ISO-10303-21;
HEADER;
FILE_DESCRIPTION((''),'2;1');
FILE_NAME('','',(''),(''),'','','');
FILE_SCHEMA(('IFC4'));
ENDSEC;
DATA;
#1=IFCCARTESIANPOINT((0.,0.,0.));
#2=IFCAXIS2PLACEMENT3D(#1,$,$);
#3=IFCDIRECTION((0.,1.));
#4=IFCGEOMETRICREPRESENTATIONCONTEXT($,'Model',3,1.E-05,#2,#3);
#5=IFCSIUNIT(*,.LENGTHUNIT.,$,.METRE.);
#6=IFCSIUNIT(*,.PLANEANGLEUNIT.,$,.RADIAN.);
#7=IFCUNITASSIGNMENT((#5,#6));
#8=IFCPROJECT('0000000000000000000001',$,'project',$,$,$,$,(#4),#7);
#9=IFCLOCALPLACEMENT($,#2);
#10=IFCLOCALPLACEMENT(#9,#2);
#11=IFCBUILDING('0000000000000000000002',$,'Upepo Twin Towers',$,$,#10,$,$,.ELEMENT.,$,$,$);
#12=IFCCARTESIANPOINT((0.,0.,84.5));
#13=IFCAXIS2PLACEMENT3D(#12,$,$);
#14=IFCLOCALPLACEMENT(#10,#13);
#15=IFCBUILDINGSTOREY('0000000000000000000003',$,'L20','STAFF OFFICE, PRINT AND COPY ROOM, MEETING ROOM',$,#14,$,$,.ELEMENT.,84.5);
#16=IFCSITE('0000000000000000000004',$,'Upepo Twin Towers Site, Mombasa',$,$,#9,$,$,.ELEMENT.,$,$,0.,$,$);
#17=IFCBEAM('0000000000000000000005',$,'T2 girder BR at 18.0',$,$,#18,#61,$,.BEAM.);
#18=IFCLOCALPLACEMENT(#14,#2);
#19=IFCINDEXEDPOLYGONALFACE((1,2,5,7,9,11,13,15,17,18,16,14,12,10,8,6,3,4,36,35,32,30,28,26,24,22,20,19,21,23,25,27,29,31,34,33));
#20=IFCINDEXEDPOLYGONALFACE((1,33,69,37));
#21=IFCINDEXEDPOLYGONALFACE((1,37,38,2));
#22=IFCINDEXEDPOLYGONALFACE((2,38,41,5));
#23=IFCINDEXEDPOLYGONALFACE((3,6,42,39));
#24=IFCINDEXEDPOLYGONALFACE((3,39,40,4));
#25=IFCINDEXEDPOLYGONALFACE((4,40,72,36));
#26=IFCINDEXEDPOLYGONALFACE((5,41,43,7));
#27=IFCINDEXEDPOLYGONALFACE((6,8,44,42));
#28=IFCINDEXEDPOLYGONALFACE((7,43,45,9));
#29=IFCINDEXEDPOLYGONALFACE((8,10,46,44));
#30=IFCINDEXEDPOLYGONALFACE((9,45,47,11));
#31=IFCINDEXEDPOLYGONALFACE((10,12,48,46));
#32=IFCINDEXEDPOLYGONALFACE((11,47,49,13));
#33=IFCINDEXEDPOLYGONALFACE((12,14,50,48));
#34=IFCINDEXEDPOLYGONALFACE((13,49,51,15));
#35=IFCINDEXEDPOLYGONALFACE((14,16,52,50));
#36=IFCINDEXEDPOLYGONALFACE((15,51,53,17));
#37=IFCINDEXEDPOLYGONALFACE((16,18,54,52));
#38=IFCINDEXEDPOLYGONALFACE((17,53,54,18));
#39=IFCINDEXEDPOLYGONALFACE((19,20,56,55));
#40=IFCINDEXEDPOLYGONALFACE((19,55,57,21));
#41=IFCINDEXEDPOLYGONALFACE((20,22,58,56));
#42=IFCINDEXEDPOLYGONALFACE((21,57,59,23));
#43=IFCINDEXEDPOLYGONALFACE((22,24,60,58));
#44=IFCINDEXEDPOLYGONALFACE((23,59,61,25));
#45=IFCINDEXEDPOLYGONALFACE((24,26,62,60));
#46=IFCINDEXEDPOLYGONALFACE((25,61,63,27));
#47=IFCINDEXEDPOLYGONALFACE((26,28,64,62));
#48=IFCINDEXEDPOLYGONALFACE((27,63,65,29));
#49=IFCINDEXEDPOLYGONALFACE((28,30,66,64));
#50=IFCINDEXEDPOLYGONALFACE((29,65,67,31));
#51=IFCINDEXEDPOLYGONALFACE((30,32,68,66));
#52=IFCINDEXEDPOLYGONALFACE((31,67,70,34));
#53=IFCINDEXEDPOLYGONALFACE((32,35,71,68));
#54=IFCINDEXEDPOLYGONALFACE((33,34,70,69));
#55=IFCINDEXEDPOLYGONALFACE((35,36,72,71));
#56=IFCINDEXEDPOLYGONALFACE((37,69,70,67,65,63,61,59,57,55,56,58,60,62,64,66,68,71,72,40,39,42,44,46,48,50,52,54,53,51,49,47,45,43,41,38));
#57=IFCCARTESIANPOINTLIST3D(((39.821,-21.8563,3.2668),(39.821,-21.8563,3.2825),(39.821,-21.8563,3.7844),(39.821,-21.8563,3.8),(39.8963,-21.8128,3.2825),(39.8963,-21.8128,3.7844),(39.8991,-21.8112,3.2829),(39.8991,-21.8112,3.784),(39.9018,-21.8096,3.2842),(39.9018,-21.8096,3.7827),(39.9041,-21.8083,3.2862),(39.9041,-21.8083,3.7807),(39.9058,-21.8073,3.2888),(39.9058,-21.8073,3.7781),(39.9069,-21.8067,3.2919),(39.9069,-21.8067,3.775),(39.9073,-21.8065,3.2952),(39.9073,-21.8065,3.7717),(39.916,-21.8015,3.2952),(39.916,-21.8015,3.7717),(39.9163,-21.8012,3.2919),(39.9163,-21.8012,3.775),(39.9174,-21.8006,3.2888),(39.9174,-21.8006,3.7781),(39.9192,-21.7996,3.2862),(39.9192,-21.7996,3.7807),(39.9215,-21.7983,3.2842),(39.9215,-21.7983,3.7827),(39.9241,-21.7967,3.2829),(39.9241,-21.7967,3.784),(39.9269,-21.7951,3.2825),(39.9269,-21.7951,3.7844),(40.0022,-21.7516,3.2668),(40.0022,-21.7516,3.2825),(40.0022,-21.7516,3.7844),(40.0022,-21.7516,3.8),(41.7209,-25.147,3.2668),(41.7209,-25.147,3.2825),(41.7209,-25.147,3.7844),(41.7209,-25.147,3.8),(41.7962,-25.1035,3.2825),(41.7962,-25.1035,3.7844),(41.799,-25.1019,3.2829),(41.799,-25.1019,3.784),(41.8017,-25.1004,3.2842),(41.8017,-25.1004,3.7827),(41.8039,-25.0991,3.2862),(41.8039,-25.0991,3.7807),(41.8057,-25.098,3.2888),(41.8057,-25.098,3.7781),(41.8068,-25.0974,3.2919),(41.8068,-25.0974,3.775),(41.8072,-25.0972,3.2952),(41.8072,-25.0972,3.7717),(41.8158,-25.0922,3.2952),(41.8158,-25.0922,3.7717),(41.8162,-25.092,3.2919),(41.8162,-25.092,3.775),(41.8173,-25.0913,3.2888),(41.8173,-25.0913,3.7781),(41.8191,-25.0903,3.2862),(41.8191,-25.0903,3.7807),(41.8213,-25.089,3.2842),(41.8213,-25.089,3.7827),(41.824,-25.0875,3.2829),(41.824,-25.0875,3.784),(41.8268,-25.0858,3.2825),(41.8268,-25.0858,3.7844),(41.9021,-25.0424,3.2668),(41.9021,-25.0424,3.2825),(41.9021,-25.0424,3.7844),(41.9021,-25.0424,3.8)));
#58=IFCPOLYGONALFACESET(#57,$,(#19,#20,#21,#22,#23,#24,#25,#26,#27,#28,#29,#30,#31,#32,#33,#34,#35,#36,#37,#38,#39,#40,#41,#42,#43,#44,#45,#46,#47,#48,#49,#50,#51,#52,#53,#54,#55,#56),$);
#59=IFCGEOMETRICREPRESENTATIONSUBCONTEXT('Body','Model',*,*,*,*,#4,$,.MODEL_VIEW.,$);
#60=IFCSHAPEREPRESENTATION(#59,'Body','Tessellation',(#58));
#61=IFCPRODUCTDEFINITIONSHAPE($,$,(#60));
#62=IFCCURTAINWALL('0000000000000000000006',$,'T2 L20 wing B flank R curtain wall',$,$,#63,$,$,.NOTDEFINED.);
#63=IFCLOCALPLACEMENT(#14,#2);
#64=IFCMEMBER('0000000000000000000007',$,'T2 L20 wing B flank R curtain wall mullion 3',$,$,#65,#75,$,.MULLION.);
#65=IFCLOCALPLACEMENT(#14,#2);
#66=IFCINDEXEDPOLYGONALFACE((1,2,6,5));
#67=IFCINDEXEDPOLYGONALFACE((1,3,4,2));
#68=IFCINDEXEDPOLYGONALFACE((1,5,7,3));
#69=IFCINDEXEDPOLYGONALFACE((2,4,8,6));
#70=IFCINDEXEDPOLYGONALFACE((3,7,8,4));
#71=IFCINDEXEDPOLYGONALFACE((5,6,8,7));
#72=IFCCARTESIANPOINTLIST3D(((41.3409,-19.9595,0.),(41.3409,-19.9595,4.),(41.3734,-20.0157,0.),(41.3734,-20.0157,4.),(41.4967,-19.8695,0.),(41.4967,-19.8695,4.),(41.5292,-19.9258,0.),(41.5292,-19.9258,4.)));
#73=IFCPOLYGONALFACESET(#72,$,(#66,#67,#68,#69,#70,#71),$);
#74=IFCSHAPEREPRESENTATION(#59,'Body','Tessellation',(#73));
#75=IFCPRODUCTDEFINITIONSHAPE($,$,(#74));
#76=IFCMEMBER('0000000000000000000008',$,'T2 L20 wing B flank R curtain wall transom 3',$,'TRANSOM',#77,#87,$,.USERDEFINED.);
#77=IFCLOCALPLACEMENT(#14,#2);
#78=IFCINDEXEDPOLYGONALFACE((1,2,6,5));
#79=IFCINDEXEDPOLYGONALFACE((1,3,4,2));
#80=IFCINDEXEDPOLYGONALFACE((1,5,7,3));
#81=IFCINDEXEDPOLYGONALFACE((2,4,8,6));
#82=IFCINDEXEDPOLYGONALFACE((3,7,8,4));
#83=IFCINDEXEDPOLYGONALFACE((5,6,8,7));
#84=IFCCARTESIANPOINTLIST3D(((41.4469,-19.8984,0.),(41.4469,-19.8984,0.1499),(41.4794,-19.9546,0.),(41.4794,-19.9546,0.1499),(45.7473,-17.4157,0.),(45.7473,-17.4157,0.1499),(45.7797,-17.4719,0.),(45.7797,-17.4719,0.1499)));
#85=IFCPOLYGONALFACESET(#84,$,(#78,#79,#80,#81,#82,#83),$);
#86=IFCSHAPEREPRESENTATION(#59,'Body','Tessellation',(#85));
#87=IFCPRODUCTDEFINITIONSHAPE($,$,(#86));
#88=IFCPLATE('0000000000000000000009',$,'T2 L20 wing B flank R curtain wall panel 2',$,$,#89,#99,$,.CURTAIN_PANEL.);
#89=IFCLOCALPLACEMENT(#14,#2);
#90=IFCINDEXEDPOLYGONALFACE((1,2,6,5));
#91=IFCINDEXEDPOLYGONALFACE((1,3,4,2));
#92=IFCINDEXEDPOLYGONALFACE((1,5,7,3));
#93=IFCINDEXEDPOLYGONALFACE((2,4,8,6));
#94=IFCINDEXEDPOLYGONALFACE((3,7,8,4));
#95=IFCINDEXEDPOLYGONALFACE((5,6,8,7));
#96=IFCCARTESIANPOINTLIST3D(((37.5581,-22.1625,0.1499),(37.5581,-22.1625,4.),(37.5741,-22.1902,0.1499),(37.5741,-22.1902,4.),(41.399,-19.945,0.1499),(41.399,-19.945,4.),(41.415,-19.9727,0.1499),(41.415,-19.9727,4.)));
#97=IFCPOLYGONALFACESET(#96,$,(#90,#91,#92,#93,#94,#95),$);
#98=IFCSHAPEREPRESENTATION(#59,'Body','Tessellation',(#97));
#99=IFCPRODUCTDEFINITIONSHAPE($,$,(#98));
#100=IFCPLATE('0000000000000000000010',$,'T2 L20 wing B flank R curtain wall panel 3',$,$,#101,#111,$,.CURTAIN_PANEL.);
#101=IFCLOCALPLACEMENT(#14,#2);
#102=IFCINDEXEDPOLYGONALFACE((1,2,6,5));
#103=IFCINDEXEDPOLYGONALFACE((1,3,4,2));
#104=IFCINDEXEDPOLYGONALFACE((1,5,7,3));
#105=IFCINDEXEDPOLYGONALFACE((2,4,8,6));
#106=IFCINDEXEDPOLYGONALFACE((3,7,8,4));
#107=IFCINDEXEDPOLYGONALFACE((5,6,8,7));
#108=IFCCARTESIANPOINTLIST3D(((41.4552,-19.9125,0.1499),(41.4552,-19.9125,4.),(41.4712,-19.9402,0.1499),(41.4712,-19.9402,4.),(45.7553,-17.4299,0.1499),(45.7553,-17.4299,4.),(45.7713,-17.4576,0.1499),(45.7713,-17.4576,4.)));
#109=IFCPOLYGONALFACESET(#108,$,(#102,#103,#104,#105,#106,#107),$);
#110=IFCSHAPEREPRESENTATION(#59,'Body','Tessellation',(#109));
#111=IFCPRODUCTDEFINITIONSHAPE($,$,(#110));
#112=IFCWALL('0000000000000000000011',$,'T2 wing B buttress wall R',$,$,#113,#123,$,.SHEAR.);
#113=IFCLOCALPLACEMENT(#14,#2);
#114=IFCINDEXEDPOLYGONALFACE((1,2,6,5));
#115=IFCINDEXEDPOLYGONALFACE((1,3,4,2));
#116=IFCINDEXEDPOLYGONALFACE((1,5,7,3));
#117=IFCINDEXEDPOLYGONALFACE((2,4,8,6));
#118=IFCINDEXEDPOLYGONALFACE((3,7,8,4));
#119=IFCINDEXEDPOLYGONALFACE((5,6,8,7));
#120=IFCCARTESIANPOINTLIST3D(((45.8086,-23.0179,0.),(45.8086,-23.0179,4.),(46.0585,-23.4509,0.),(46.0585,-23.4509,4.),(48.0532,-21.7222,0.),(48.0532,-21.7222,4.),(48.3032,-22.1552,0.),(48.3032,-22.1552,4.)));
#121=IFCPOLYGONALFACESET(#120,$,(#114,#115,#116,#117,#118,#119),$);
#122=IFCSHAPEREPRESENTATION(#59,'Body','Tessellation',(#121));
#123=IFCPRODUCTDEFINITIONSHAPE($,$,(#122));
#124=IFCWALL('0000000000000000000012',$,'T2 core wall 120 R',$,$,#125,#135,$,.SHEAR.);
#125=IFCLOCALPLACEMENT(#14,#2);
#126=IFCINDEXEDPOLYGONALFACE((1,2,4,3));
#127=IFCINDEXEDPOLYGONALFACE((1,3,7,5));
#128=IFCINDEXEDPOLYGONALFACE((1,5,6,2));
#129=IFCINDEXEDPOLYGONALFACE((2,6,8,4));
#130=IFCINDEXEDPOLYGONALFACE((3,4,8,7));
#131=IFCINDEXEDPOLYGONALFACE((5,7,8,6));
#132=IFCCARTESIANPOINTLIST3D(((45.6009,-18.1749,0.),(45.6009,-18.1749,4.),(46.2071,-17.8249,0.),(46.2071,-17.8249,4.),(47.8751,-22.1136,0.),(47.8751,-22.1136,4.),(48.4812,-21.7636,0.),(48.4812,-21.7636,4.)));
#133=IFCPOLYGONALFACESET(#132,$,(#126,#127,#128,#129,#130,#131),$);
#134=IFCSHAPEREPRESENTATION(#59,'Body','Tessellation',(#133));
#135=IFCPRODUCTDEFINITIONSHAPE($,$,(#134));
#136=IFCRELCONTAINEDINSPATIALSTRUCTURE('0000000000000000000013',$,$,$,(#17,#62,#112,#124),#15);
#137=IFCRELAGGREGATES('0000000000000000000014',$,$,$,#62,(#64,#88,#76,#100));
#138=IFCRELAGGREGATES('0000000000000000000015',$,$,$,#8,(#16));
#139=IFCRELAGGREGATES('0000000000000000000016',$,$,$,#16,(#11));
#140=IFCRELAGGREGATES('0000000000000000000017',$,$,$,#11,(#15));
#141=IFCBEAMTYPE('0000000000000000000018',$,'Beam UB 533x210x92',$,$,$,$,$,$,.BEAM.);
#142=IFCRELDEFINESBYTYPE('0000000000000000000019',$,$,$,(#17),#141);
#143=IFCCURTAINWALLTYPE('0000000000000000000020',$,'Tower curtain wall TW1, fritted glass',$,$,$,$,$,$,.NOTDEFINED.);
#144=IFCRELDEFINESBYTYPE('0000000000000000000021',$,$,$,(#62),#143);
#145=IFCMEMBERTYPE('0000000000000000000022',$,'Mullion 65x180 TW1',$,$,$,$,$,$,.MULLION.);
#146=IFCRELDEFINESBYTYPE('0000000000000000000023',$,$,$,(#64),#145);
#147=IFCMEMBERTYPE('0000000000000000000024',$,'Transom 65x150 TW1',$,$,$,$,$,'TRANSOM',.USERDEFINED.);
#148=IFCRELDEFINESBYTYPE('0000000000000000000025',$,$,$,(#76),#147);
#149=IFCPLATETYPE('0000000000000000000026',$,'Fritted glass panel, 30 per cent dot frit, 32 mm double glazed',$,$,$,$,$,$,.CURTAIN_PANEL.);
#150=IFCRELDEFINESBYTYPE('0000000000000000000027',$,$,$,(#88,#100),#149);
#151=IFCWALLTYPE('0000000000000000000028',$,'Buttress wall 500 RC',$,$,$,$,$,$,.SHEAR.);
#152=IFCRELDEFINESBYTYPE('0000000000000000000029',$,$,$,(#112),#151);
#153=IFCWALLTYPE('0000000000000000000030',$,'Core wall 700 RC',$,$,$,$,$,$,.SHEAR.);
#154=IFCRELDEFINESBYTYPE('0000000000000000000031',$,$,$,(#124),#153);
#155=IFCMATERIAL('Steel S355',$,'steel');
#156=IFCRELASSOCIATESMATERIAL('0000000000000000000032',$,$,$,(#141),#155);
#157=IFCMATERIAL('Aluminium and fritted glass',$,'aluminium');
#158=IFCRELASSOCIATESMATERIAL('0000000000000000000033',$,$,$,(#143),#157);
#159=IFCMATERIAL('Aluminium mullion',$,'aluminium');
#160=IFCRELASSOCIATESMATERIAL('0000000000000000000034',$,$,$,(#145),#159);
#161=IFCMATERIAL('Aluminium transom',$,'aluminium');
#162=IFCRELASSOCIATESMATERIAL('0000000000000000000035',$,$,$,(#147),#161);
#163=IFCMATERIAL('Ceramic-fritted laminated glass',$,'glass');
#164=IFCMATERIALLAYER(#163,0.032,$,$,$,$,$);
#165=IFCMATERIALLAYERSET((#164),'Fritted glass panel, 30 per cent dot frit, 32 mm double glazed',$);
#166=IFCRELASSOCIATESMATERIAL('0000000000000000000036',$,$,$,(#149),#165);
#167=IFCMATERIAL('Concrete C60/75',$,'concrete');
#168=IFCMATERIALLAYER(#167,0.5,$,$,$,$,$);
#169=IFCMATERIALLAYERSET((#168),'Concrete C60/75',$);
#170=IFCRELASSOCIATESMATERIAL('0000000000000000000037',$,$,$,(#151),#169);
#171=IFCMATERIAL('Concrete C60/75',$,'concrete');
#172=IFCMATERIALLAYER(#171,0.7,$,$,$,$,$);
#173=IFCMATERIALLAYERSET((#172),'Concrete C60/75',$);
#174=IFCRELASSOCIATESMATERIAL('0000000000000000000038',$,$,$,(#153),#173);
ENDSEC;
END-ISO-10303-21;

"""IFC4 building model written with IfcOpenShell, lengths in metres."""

from ifc_helpers import new_model, si_unit, direction, frame, frame_2d, origin, origin_2d, place, context, subcontext, project, spatial, rectangle, i_section, extrude, material, layer, layer_set, material_profile, profile_set, type_object, element, aggregate, save


model = new_model("IFC4")

# Units and contexts
model_context = context("Model", 3, precision=1e-05, world=origin(), true_north=direction((0.0, 1.0)))
body_context = subcontext(model_context, "Body", "Model", "MODEL_VIEW")
ifc_project = project(units=[si_unit("LENGTHUNIT", "METRE"), si_unit("PLANEANGLEUNIT", "RADIAN")], contexts=[model_context])

# Site, building, storey
site_placement = place(None, origin())
site = spatial("IfcSite", under=ifc_project, at=site_placement, Name="Upepo Twin Towers Site, Mombasa", CompositionType="ELEMENT", RefElevation=0.0)
building_placement = place(site_placement, origin())
building = spatial("IfcBuilding", under=site, at=building_placement, Name="Upepo Twin Towers", CompositionType="ELEMENT")
storey_placement = place(building_placement, frame((0.0, 0.0, 84.5)))
storey = spatial("IfcBuildingStorey", under=building, at=storey_placement, Name="L20", Description="STAFF OFFICE, PRINT AND COPY ROOM, MEETING ROOM", CompositionType="ELEMENT", Elevation=84.5)

# Beam
ifc_material_1 = material(Name="Steel S355", Category="steel")
ifc_material_profile_1 = material_profile(ifc_material_1, i_section(OverallWidth=0.2092, OverallDepth=0.5332, WebThickness=0.01, FlangeThickness=0.0156, FilletRadius=0.0127, at=origin_2d()), Name="UB 533x210x92")
ifc_profile_set_1 = profile_set([ifc_material_profile_1], Name="Steel S355")
beam_type_1 = type_object("IfcBeamType", Name="Beam UB 533x210x92", PredefinedType="BEAM", material=ifc_profile_set_1)
beam_1_placement = place(storey_placement, frame((39.9116, -21.804, 3.5334), z_axis=(0.499995, -0.866028, 0.0), x_axis=(0.866028, 0.499995, 0.0)))
element("IfcBeam", 1, at=beam_1_placement, inside=storey, type_object=beam_type_1, Name="T2 girder BR at 18.0", PredefinedType="BEAM", context=body_context, shape_type="SweptSolid", body=[
    extrude(i_section(OverallWidth=0.2092, OverallDepth=0.5332, WebThickness=0.01, FlangeThickness=0.0156, FilletRadius=0.0127, at=origin_2d()), origin(), (0.0, 0.0, 1.0), 3.7998),
])

# Curtain wall, members, plates
ifc_material_2 = material(Name="Aluminium and fritted glass", Category="aluminium")
curtain_wall_type = type_object("IfcCurtainWallType", Name="Tower curtain wall TW1, fritted glass", PredefinedType="NOTDEFINED", material=ifc_material_2)
curtain_wall_placement = place(storey_placement, origin())
curtain_wall = element("IfcCurtainWall", 2, at=curtain_wall_placement, inside=storey, type_object=curtain_wall_type, Name="T2 L20 wing B flank R curtain wall", PredefinedType="NOTDEFINED")
ifc_material_3 = material(Name="Aluminium mullion", Category="aluminium")
ifc_material_profile_2 = material_profile(ifc_material_3, rectangle(XDim=0.0649, YDim=0.1799, at=origin_2d()), Name="MULLION 65x180")
ifc_profile_set_2 = profile_set([ifc_material_profile_2], Name="Aluminium mullion")
member_type_1 = type_object("IfcMemberType", Name="Mullion 65x180 TW1", PredefinedType="MULLION", material=ifc_profile_set_2)
member_1_placement = place(storey_placement, frame((41.4351, -19.9426, 0.0), z_axis=(0.0, 0.0, 1.0), x_axis=(-0.5, 0.866025, 0.0)))
member_1 = element("IfcMember", 3, at=member_1_placement, type_object=member_type_1, Name="T2 L20 wing B flank R curtain wall mullion 3", PredefinedType="MULLION", context=body_context, shape_type="SweptSolid", body=[
    extrude(rectangle(XDim=0.0649, YDim=0.1799, at=origin_2d()), origin(), (0.0, 0.0, 1.0), 4.0),
])
ifc_material_4 = material(Name="Aluminium transom", Category="aluminium")
ifc_material_profile_3 = material_profile(ifc_material_4, rectangle(XDim=0.0649, YDim=0.1499, at=origin_2d()), Name="TRANSOM 65x150")
ifc_profile_set_3 = profile_set([ifc_material_profile_3], Name="Aluminium transom")
member_type_2 = type_object("IfcMemberType", Name="Transom 65x150 TW1", ElementType="TRANSOM", PredefinedType="USERDEFINED", material=ifc_profile_set_3)
member_2_placement = place(storey_placement, frame((41.4631, -19.9265, 0.075), z_axis=(0.866035, 0.499983, 0.0), x_axis=(-0.499983, 0.866035, 0.0)))
member_2 = element("IfcMember", 4, at=member_2_placement, type_object=member_type_2, Name="T2 L20 wing B flank R curtain wall transom 3", ObjectType="TRANSOM", PredefinedType="USERDEFINED", context=body_context, shape_type="SweptSolid", body=[
    extrude(rectangle(XDim=0.0649, YDim=0.1499, at=origin_2d()), origin(), (0.0, 0.0, 1.0), 4.9656),
])
ifc_material_5 = material(Name="Ceramic-fritted laminated glass", Category="glass")
ifc_layer_1 = layer(ifc_material_5, 0.032)
ifc_layer_set_1 = layer_set([ifc_layer_1], Name="Fritted glass panel, 30 per cent dot frit, 32 mm double glazed")
plate_type = type_object("IfcPlateType", Name="Fritted glass panel, 30 per cent dot frit, 32 mm double glazed", PredefinedType="CURTAIN_PANEL", material=ifc_layer_set_1)
plate_1_placement = place(storey_placement, frame((39.4866, -21.0676, 0.1499), z_axis=(0.0, 0.0, 1.0), x_axis=(0.866025, 0.5, 0.0)))
plate_1 = element("IfcPlate", 5, at=plate_1_placement, type_object=plate_type, Name="T2 L20 wing B flank R curtain wall panel 2", PredefinedType="CURTAIN_PANEL", context=body_context, shape_type="SweptSolid", body=[
    extrude(rectangle(XDim=4.4351, YDim=0.032, at=origin_2d()), origin(), (0.0, 0.0, 1.0), 3.8501),
])
plate_2_placement = place(storey_placement, frame((43.6133, -18.6851, 0.1499), z_axis=(0.0, 0.0, 1.0), x_axis=(0.866025, 0.5, 0.0)))
plate_2 = element("IfcPlate", 6, at=plate_2_placement, type_object=plate_type, Name="T2 L20 wing B flank R curtain wall panel 3", PredefinedType="CURTAIN_PANEL", context=body_context, shape_type="SweptSolid", body=[
    extrude(rectangle(XDim=4.9653, YDim=0.032, at=origin_2d()), origin(), (0.0, 0.0, 1.0), 3.8501),
])
aggregate(curtain_wall, [member_1, plate_1, member_2, plate_2])

# Walls
ifc_material_6 = material(Name="Concrete C60/75", Category="concrete")
ifc_layer_2 = layer(ifc_material_6, 0.5)
ifc_layer_set_2 = layer_set([ifc_layer_2], Name="Concrete C60/75")
wall_type_1 = type_object("IfcWallType", Name="Buttress wall 500 RC", PredefinedType="SHEAR", material=ifc_layer_set_2)
wall_1_placement = place(storey_placement, frame((48.1782, -21.9387, 0.0), z_axis=(0.0, 0.0, 1.0), x_axis=(-0.866073, -0.499918, 0.0)))
element("IfcWall", 7, at=wall_1_placement, inside=storey, type_object=wall_type_1, Name="T2 wing B buttress wall R", PredefinedType="SHEAR", context=body_context, shape_type="SweptSolid", body=[
    extrude(rectangle(XDim=2.5918, YDim=0.5, at=frame_2d((1.2959, 0.0))), origin(), (0.0, 0.0, 1.0), 4.0),
])
ifc_material_7 = material(Name="Concrete C60/75", Category="concrete")
ifc_layer_3 = layer(ifc_material_7, 0.7)
ifc_layer_set_3 = layer_set([ifc_layer_3], Name="Concrete C60/75")
wall_type_2 = type_object("IfcWallType", Name="Core wall 700 RC", PredefinedType="SHEAR", material=ifc_layer_set_3)
wall_2_placement = place(storey_placement, frame((45.9041, -18.0, 0.0), z_axis=(0.0, 0.0, 1.0), x_axis=(0.500024, -0.866011, 0.0)))
element("IfcWall", 8, at=wall_2_placement, inside=storey, type_object=wall_type_2, Name="T2 core wall 120 R", PredefinedType="SHEAR", context=body_context, shape_type="SweptSolid", body=[
    extrude(rectangle(XDim=4.5481, YDim=0.7, at=frame_2d((2.2739, 0.0))), origin(), (0.0, 0.0, 1.0), 4.0),
])

save(model, "model.ifc")
